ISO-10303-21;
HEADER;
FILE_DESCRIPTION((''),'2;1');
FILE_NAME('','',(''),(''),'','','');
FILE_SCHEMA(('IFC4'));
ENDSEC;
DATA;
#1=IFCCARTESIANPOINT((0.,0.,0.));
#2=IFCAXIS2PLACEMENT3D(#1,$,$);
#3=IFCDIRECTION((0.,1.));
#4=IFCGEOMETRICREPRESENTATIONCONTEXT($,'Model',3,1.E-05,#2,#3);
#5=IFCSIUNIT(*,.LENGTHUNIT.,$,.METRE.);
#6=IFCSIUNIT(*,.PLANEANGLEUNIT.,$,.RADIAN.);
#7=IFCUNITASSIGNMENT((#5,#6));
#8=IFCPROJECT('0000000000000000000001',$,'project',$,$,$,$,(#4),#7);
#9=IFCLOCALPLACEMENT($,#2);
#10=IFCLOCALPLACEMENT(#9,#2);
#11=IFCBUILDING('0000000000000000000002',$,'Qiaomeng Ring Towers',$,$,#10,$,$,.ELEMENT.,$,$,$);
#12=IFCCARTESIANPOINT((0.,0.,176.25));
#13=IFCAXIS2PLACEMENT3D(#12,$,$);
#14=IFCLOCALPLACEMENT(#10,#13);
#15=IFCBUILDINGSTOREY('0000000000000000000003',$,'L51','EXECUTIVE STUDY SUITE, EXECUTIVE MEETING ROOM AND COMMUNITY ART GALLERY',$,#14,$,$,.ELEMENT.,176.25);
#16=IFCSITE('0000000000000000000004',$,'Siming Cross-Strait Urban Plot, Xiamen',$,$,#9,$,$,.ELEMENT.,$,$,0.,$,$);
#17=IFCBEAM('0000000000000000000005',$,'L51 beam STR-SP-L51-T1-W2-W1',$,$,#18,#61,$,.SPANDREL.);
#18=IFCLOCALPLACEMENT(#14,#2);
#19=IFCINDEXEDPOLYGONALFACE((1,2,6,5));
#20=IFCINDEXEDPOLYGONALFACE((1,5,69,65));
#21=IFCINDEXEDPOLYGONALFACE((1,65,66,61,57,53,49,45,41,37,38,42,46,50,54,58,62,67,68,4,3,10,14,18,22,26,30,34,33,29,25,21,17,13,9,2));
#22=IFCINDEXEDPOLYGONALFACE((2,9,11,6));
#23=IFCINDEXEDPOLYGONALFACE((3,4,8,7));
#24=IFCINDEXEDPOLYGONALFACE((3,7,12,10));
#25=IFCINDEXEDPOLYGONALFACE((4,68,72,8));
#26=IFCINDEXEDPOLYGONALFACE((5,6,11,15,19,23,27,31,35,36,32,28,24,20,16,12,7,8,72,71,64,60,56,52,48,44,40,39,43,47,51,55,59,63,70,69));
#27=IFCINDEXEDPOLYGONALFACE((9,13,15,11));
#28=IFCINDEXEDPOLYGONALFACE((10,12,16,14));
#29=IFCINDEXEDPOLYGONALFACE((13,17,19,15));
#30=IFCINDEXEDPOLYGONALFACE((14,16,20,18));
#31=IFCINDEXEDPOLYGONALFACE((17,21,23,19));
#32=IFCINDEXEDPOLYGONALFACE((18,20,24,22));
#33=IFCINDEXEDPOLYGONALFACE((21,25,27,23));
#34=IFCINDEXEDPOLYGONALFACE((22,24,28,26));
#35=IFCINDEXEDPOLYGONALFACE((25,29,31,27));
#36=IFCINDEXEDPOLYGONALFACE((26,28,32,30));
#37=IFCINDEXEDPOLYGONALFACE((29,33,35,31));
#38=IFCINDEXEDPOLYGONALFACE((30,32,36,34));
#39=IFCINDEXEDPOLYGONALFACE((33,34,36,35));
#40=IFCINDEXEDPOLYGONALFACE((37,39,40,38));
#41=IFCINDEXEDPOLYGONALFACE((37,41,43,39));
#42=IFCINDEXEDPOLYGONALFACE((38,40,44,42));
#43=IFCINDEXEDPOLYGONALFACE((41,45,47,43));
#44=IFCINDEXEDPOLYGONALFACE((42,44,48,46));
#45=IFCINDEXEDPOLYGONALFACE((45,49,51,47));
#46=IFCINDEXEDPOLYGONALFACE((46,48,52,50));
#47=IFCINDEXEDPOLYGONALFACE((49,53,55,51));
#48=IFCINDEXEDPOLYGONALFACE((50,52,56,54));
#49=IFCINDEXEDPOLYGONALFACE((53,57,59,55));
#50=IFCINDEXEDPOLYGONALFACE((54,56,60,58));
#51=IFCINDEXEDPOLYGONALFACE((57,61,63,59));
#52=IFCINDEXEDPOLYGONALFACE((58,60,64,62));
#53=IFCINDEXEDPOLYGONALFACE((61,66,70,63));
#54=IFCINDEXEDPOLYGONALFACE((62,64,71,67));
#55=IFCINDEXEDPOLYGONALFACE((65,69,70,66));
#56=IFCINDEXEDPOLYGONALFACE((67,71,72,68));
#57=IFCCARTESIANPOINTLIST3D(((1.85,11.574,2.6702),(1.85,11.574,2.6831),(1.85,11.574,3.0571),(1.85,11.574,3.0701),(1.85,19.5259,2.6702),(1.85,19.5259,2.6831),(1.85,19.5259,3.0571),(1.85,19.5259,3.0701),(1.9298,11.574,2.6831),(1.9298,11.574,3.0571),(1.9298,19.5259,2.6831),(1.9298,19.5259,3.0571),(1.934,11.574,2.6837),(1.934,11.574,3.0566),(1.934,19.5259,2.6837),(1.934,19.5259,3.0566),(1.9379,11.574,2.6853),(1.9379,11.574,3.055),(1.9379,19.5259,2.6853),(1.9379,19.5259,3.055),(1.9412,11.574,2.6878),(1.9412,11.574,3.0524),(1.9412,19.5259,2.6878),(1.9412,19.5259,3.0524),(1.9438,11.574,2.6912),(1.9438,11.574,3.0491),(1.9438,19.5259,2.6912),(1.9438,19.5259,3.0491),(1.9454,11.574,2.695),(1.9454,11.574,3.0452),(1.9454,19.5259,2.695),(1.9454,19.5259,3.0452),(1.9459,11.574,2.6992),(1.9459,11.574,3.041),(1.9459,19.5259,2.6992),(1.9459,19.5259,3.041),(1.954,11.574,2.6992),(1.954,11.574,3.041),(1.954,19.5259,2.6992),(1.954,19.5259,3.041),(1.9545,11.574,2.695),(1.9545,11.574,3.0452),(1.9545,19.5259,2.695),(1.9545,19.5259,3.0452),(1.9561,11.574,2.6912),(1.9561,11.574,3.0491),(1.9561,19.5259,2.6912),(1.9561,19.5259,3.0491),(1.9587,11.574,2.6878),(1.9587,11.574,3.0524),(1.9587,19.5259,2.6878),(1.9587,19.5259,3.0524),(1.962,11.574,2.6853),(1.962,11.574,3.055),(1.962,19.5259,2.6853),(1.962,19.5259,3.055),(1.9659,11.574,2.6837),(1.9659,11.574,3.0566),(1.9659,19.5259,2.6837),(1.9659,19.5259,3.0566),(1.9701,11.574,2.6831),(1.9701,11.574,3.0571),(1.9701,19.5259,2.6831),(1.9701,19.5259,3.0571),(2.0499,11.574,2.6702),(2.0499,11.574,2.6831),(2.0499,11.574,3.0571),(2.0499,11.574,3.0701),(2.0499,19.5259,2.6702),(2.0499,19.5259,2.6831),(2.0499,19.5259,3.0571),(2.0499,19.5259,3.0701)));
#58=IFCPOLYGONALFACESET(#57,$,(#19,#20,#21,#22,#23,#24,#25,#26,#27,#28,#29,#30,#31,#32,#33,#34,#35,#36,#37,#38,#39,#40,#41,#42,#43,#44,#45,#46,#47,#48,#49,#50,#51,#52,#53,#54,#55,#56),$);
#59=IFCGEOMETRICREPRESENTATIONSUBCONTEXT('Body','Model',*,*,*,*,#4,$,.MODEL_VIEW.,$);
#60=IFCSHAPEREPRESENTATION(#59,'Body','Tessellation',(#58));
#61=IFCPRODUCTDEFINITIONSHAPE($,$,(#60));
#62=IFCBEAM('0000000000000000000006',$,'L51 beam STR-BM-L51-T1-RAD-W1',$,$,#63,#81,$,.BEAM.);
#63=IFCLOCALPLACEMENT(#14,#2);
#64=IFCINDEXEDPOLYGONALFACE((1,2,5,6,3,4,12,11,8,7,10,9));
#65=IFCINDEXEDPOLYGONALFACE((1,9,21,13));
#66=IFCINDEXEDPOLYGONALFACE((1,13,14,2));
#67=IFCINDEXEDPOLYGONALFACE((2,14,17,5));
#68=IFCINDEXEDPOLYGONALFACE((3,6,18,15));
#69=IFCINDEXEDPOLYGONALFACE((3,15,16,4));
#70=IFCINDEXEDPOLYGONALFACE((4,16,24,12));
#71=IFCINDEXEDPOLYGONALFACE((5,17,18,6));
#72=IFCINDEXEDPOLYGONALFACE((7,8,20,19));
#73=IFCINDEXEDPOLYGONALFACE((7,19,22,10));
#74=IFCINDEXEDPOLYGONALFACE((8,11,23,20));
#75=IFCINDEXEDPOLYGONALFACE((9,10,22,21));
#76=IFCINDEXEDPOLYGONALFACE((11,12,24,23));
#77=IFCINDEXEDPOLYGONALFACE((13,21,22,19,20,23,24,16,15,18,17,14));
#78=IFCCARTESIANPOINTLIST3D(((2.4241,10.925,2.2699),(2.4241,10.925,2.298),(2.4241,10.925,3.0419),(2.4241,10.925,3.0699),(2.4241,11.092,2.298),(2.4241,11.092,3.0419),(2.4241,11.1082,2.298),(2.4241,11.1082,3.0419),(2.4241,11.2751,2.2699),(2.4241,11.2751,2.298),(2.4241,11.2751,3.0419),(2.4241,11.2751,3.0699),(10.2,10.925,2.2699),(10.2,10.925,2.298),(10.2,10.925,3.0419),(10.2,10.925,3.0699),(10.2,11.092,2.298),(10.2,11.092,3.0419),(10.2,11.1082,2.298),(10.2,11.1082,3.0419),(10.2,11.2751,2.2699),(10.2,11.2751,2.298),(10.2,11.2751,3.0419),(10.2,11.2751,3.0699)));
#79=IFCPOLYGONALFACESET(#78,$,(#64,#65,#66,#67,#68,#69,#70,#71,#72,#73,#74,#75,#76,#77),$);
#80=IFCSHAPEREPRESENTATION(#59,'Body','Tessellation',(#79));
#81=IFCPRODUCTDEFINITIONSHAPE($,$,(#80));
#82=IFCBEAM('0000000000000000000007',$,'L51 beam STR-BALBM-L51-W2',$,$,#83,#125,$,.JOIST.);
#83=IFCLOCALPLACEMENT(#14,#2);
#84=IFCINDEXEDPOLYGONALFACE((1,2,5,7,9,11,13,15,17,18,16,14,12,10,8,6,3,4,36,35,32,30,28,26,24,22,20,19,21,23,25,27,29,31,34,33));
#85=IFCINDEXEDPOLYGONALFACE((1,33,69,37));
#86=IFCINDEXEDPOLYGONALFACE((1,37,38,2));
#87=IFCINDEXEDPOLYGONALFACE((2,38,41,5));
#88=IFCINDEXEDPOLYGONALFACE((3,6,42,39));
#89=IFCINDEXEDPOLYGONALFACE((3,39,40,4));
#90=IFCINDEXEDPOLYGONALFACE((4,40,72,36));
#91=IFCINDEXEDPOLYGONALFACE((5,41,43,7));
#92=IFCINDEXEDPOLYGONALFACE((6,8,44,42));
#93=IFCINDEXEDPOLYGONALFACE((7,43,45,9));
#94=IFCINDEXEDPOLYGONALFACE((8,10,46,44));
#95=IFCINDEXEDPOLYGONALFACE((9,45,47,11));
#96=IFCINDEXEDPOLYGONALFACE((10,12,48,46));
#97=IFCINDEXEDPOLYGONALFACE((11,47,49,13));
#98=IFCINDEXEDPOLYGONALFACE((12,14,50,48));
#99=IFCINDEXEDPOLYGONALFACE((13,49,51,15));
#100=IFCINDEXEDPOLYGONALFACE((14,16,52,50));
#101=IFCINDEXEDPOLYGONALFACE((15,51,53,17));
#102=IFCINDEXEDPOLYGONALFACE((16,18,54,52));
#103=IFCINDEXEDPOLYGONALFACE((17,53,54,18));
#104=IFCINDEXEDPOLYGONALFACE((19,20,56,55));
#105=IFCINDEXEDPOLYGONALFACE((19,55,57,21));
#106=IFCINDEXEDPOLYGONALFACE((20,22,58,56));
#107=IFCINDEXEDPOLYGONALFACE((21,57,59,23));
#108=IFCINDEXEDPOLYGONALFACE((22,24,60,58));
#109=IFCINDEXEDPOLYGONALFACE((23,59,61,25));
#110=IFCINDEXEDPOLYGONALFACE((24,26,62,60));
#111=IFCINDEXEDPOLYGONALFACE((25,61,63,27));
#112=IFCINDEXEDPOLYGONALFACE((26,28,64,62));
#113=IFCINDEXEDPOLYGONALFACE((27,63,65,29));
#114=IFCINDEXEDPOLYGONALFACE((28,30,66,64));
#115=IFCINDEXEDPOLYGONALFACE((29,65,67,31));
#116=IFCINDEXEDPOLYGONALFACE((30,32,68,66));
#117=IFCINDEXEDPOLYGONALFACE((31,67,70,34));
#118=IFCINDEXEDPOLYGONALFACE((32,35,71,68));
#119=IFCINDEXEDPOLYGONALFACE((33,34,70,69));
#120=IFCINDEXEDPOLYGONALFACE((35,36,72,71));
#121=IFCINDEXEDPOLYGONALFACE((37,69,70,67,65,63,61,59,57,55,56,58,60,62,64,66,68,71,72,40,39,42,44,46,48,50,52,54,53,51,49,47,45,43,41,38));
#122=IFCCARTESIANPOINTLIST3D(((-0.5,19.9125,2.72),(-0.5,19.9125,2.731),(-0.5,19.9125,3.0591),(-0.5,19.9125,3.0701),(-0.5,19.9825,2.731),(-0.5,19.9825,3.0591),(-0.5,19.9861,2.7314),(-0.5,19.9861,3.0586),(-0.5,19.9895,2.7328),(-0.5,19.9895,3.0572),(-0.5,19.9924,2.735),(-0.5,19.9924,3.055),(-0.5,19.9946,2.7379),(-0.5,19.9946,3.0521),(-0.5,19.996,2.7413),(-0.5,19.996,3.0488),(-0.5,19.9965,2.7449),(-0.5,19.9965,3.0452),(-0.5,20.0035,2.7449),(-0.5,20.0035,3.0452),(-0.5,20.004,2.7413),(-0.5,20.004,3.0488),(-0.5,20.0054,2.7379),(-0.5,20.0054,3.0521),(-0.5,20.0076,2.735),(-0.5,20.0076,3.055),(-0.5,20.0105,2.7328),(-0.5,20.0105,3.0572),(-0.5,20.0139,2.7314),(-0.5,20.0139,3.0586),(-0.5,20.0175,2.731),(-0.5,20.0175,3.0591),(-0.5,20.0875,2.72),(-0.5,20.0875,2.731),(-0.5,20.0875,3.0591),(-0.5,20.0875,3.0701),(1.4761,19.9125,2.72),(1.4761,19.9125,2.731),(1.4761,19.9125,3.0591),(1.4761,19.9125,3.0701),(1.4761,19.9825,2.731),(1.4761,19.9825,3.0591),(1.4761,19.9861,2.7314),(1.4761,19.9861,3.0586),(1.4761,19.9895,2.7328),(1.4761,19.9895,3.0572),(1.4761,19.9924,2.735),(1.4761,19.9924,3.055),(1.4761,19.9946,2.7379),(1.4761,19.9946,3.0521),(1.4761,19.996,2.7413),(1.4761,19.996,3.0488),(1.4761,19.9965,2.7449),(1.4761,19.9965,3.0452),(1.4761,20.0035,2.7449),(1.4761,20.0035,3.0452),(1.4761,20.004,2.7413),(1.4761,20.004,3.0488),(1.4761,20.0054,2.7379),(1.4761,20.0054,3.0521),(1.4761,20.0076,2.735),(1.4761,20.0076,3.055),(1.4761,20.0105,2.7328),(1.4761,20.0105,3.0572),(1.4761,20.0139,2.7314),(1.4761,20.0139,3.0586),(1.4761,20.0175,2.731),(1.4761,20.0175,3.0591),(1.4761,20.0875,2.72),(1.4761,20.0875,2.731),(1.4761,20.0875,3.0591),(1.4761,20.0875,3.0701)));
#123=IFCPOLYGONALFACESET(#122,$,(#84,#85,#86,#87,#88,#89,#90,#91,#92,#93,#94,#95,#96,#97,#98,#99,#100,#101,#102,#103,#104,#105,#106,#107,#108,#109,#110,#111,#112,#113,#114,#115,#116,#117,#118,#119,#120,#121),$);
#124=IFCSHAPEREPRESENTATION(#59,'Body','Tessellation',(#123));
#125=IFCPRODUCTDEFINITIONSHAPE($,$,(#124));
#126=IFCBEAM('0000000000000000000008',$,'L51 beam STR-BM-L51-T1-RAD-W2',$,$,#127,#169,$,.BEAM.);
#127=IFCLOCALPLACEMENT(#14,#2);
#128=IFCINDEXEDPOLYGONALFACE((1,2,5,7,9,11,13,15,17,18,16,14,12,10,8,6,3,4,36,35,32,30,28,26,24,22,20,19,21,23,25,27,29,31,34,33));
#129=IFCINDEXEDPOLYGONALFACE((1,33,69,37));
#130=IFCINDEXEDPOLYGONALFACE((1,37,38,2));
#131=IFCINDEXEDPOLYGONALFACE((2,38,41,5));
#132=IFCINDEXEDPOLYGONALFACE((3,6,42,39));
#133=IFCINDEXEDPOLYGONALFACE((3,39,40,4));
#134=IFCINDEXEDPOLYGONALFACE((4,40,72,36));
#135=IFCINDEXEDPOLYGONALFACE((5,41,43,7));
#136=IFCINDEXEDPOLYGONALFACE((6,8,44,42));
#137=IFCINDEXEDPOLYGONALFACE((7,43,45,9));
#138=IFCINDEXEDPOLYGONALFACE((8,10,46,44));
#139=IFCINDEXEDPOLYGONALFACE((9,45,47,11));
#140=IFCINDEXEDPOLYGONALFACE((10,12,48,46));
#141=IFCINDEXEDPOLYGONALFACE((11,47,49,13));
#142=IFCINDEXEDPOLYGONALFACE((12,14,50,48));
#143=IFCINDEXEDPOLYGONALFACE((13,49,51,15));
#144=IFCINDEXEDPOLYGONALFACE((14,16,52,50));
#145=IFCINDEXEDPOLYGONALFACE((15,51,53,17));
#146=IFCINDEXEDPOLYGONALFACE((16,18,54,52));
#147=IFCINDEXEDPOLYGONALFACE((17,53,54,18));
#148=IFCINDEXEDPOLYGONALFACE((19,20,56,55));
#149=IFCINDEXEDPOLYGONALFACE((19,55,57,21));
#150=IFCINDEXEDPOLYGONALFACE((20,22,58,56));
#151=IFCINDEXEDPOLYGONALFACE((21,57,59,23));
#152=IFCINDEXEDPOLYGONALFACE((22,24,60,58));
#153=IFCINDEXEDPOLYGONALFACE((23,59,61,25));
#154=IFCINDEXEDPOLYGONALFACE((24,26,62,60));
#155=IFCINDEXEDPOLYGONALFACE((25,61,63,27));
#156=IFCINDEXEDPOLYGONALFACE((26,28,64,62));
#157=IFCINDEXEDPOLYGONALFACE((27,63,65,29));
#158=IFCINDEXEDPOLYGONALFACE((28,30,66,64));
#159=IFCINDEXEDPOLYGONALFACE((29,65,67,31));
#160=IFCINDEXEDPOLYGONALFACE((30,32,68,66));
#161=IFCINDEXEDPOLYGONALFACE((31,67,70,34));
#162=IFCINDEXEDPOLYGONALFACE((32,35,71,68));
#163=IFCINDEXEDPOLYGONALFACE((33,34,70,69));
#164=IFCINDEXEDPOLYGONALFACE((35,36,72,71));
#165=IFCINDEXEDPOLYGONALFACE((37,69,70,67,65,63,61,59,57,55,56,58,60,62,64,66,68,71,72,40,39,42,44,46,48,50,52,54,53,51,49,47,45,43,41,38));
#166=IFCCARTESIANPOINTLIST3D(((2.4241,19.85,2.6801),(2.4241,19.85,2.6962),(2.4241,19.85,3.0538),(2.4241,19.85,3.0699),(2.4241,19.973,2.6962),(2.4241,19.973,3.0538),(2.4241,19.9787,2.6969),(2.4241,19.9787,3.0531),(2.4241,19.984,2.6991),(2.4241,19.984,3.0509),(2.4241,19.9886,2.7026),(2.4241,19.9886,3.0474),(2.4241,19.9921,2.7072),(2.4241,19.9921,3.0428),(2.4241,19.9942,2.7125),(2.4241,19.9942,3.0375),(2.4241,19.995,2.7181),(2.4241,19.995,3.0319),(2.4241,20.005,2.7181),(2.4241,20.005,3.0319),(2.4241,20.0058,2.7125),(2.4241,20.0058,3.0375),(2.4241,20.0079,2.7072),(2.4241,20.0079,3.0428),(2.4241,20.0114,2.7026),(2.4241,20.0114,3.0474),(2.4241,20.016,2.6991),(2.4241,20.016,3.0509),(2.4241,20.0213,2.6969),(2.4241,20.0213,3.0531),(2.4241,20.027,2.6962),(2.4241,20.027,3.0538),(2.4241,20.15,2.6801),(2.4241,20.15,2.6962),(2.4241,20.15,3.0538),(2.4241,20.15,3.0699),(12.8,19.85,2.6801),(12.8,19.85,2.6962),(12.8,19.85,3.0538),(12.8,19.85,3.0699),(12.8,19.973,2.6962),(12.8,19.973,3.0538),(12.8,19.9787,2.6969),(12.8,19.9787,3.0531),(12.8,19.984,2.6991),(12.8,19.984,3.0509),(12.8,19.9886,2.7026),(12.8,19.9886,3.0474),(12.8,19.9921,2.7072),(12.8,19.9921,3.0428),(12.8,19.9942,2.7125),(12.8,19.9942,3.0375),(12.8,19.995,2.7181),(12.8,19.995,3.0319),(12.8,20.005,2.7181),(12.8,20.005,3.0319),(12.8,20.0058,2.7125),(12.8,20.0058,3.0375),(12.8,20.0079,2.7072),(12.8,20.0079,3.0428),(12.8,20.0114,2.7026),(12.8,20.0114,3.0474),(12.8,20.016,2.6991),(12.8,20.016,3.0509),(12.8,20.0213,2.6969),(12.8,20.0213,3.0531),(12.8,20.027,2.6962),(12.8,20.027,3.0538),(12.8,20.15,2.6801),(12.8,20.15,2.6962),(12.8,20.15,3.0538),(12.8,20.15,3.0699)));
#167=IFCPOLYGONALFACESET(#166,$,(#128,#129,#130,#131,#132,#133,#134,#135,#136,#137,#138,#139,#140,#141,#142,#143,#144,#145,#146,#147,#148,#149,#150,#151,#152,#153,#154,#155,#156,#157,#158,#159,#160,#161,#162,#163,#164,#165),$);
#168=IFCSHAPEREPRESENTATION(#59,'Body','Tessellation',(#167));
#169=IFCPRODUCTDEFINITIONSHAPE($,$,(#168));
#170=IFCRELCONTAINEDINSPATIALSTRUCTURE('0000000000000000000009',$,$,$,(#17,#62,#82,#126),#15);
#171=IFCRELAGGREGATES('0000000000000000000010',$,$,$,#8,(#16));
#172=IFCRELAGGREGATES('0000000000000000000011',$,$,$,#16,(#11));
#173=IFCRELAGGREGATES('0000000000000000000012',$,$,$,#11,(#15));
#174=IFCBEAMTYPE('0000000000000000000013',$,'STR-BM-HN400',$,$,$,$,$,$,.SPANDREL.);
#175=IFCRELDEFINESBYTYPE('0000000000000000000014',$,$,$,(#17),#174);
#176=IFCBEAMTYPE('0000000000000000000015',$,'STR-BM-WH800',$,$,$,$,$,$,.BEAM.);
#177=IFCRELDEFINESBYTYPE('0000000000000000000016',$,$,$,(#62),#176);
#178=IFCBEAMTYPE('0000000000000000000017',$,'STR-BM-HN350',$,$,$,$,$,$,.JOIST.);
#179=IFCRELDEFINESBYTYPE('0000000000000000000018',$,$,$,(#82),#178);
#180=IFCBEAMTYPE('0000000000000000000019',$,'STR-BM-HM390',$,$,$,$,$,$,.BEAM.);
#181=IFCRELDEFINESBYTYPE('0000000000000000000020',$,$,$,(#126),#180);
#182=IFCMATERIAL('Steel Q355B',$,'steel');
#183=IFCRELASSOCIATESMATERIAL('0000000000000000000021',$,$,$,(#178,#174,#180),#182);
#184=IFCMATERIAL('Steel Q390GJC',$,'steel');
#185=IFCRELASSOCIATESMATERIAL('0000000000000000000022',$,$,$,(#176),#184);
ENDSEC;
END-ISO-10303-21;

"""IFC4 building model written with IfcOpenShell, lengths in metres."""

from ifc_helpers import new_model, si_unit, direction, frame, origin, origin_2d, place, context, subcontext, project, spatial, i_section, extrude, source, transform, mapped, material, material_profile, profile_set, type_object, element, save


model = new_model("IFC4")

# Units and contexts
model_context = context("Model", 3, precision=1e-05, world=origin(), true_north=direction((0.0, 1.0)))
body_context = subcontext(model_context, "Body", "Model", "MODEL_VIEW")
ifc_project = project(units=[si_unit("LENGTHUNIT", "METRE"), si_unit("PLANEANGLEUNIT", "RADIAN")], contexts=[model_context])

# Site, building, storey
site_placement = place(None, origin())
site = spatial("IfcSite", under=ifc_project, at=site_placement, Name="Siming Cross-Strait Urban Plot, Xiamen", CompositionType="ELEMENT", RefElevation=0.0)
building_placement = place(site_placement, origin())
building = spatial("IfcBuilding", under=site, at=building_placement, Name="Qiaomeng Ring Towers", CompositionType="ELEMENT")
storey_placement = place(building_placement, frame((0.0, 0.0, 176.25)))
storey = spatial("IfcBuildingStorey", under=building, at=storey_placement, Name="L51", Description="EXECUTIVE STUDY SUITE, EXECUTIVE MEETING ROOM AND COMMUNITY ART GALLERY", CompositionType="ELEMENT", Elevation=176.25)

# Beams
ifc_material_1 = material(Name="Steel Q355B", Category="steel")
ifc_material_profile_1 = material_profile(ifc_material_1, i_section(OverallWidth=0.175, OverallDepth=0.3501, WebThickness=0.0071, FlangeThickness=0.011, FilletRadius=0.0139, at=origin_2d()), Name="HN 350x175x7x11")
ifc_profile_set_1 = profile_set([ifc_material_profile_1], Name="Steel Q355B")
beam_type_1 = type_object("IfcBeamType", Name="STR-BM-HN350", PredefinedType="JOIST", material=ifc_profile_set_1)
ifc_material_profile_2 = material_profile(ifc_material_1, i_section(OverallWidth=0.2, OverallDepth=0.3999, WebThickness=0.0081, FlangeThickness=0.0129, FilletRadius=0.0161, at=origin_2d()), Name="HN 400x200x8x13")
ifc_profile_set_2 = profile_set([ifc_material_profile_2], Name="Steel Q355B")
beam_type_2 = type_object("IfcBeamType", Name="STR-BM-HN400", PredefinedType="SPANDREL", material=ifc_profile_set_2)
shared_shape_1 = source(origin(), body_context, "Body", "SweptSolid", [
    extrude(i_section(OverallWidth=0.2, OverallDepth=0.3999, WebThickness=0.0081, FlangeThickness=0.0129, FilletRadius=0.0161, at=origin_2d()), origin(), (0.0, 0.0, 1.0), 7.9519),
])
beam_1_placement = place(storey_placement, frame((1.95, 19.5259, 2.8701), z_axis=(0.0, -1.0, 0.0), x_axis=(1.0, 0.0, 0.0)))
element("IfcBeam", 1, at=beam_1_placement, inside=storey, type_object=beam_type_2, Name="L51 beam STR-SP-L51-T1-W2-W1", PredefinedType="SPANDREL", context=body_context, shape_type="MappedRepresentation", body=[
    mapped(shared_shape_1, transform((0.0, 0.0, 0.0), x_axis=(1.0, 0.0, 0.0), y_axis=(0.0, 1.0, 0.0), z_axis=(0.0, 0.0, 1.0), scale=1.0)),
])
ifc_material_2 = material(Name="Steel Q390GJC", Category="steel")
ifc_material_profile_3 = material_profile(ifc_material_2, i_section(OverallWidth=0.3501, OverallDepth=0.8, WebThickness=0.0161, FlangeThickness=0.0281, at=origin_2d()), Name="WH 800x350x16x28")
ifc_profile_set_3 = profile_set([ifc_material_profile_3], Name="Steel Q390GJC")
beam_type_3 = type_object("IfcBeamType", Name="STR-BM-WH800", PredefinedType="BEAM", material=ifc_profile_set_3)
shared_shape_2 = source(origin(), body_context, "Body", "SweptSolid", [
    extrude(i_section(OverallWidth=0.3501, OverallDepth=0.8, WebThickness=0.0161, FlangeThickness=0.0281, at=origin_2d()), origin(), (0.0, 0.0, 1.0), 7.7759),
])
beam_2_placement = place(storey_placement, frame((2.4241, 11.1001, 2.6699), z_axis=(1.0, 0.0, 0.0), x_axis=(0.0, 1.0, 0.0)))
element("IfcBeam", 2, at=beam_2_placement, inside=storey, type_object=beam_type_3, Name="L51 beam STR-BM-L51-T1-RAD-W1", PredefinedType="BEAM", context=body_context, shape_type="MappedRepresentation", body=[
    mapped(shared_shape_2, transform((0.0, 0.0, 0.0), x_axis=(1.0, 0.0, 0.0), y_axis=(0.0, 1.0, 0.0), z_axis=(0.0, 0.0, 1.0), scale=1.0)),
])
shared_shape_3 = source(origin(), body_context, "Body", "SweptSolid", [
    extrude(i_section(OverallWidth=0.175, OverallDepth=0.3501, WebThickness=0.0071, FlangeThickness=0.011, FilletRadius=0.0139, at=origin_2d()), origin(), (0.0, 0.0, 1.0), 1.9761),
])
beam_3_placement = place(storey_placement, frame((-0.5, 20.0, 2.895), z_axis=(1.0, 0.0, 0.0), x_axis=(0.0, 1.0, 0.0)))
element("IfcBeam", 3, at=beam_3_placement, inside=storey, type_object=beam_type_1, Name="L51 beam STR-BALBM-L51-W2", PredefinedType="JOIST", context=body_context, shape_type="MappedRepresentation", body=[
    mapped(shared_shape_3, transform((0.0, 0.0, 0.0), x_axis=(1.0, 0.0, 0.0), y_axis=(0.0, 1.0, 0.0), z_axis=(0.0, 0.0, 1.0), scale=1.0)),
])
ifc_material_profile_4 = material_profile(ifc_material_1, i_section(OverallWidth=0.3, OverallDepth=0.3899, WebThickness=0.01, FlangeThickness=0.0161, FilletRadius=0.022, at=origin_2d()), Name="HM 390x300x10x16")
ifc_profile_set_4 = profile_set([ifc_material_profile_4], Name="Steel Q355B")
beam_type_4 = type_object("IfcBeamType", Name="STR-BM-HM390", PredefinedType="BEAM", material=ifc_profile_set_4)
shared_shape_4 = source(origin(), body_context, "Body", "SweptSolid", [
    extrude(i_section(OverallWidth=0.3, OverallDepth=0.3899, WebThickness=0.01, FlangeThickness=0.0161, FilletRadius=0.022, at=origin_2d()), origin(), (0.0, 0.0, 1.0), 10.376),
])
beam_4_placement = place(storey_placement, frame((2.4241, 20.0, 2.875), z_axis=(1.0, 0.0, 0.0), x_axis=(0.0, 1.0, 0.0)))
element("IfcBeam", 4, at=beam_4_placement, inside=storey, type_object=beam_type_4, Name="L51 beam STR-BM-L51-T1-RAD-W2", PredefinedType="BEAM", context=body_context, shape_type="MappedRepresentation", body=[
    mapped(shared_shape_4, transform((0.0, 0.0, 0.0), x_axis=(1.0, 0.0, 0.0), y_axis=(0.0, 1.0, 0.0), z_axis=(0.0, 0.0, 1.0), scale=1.0)),
])

save(model, "model.ifc")
